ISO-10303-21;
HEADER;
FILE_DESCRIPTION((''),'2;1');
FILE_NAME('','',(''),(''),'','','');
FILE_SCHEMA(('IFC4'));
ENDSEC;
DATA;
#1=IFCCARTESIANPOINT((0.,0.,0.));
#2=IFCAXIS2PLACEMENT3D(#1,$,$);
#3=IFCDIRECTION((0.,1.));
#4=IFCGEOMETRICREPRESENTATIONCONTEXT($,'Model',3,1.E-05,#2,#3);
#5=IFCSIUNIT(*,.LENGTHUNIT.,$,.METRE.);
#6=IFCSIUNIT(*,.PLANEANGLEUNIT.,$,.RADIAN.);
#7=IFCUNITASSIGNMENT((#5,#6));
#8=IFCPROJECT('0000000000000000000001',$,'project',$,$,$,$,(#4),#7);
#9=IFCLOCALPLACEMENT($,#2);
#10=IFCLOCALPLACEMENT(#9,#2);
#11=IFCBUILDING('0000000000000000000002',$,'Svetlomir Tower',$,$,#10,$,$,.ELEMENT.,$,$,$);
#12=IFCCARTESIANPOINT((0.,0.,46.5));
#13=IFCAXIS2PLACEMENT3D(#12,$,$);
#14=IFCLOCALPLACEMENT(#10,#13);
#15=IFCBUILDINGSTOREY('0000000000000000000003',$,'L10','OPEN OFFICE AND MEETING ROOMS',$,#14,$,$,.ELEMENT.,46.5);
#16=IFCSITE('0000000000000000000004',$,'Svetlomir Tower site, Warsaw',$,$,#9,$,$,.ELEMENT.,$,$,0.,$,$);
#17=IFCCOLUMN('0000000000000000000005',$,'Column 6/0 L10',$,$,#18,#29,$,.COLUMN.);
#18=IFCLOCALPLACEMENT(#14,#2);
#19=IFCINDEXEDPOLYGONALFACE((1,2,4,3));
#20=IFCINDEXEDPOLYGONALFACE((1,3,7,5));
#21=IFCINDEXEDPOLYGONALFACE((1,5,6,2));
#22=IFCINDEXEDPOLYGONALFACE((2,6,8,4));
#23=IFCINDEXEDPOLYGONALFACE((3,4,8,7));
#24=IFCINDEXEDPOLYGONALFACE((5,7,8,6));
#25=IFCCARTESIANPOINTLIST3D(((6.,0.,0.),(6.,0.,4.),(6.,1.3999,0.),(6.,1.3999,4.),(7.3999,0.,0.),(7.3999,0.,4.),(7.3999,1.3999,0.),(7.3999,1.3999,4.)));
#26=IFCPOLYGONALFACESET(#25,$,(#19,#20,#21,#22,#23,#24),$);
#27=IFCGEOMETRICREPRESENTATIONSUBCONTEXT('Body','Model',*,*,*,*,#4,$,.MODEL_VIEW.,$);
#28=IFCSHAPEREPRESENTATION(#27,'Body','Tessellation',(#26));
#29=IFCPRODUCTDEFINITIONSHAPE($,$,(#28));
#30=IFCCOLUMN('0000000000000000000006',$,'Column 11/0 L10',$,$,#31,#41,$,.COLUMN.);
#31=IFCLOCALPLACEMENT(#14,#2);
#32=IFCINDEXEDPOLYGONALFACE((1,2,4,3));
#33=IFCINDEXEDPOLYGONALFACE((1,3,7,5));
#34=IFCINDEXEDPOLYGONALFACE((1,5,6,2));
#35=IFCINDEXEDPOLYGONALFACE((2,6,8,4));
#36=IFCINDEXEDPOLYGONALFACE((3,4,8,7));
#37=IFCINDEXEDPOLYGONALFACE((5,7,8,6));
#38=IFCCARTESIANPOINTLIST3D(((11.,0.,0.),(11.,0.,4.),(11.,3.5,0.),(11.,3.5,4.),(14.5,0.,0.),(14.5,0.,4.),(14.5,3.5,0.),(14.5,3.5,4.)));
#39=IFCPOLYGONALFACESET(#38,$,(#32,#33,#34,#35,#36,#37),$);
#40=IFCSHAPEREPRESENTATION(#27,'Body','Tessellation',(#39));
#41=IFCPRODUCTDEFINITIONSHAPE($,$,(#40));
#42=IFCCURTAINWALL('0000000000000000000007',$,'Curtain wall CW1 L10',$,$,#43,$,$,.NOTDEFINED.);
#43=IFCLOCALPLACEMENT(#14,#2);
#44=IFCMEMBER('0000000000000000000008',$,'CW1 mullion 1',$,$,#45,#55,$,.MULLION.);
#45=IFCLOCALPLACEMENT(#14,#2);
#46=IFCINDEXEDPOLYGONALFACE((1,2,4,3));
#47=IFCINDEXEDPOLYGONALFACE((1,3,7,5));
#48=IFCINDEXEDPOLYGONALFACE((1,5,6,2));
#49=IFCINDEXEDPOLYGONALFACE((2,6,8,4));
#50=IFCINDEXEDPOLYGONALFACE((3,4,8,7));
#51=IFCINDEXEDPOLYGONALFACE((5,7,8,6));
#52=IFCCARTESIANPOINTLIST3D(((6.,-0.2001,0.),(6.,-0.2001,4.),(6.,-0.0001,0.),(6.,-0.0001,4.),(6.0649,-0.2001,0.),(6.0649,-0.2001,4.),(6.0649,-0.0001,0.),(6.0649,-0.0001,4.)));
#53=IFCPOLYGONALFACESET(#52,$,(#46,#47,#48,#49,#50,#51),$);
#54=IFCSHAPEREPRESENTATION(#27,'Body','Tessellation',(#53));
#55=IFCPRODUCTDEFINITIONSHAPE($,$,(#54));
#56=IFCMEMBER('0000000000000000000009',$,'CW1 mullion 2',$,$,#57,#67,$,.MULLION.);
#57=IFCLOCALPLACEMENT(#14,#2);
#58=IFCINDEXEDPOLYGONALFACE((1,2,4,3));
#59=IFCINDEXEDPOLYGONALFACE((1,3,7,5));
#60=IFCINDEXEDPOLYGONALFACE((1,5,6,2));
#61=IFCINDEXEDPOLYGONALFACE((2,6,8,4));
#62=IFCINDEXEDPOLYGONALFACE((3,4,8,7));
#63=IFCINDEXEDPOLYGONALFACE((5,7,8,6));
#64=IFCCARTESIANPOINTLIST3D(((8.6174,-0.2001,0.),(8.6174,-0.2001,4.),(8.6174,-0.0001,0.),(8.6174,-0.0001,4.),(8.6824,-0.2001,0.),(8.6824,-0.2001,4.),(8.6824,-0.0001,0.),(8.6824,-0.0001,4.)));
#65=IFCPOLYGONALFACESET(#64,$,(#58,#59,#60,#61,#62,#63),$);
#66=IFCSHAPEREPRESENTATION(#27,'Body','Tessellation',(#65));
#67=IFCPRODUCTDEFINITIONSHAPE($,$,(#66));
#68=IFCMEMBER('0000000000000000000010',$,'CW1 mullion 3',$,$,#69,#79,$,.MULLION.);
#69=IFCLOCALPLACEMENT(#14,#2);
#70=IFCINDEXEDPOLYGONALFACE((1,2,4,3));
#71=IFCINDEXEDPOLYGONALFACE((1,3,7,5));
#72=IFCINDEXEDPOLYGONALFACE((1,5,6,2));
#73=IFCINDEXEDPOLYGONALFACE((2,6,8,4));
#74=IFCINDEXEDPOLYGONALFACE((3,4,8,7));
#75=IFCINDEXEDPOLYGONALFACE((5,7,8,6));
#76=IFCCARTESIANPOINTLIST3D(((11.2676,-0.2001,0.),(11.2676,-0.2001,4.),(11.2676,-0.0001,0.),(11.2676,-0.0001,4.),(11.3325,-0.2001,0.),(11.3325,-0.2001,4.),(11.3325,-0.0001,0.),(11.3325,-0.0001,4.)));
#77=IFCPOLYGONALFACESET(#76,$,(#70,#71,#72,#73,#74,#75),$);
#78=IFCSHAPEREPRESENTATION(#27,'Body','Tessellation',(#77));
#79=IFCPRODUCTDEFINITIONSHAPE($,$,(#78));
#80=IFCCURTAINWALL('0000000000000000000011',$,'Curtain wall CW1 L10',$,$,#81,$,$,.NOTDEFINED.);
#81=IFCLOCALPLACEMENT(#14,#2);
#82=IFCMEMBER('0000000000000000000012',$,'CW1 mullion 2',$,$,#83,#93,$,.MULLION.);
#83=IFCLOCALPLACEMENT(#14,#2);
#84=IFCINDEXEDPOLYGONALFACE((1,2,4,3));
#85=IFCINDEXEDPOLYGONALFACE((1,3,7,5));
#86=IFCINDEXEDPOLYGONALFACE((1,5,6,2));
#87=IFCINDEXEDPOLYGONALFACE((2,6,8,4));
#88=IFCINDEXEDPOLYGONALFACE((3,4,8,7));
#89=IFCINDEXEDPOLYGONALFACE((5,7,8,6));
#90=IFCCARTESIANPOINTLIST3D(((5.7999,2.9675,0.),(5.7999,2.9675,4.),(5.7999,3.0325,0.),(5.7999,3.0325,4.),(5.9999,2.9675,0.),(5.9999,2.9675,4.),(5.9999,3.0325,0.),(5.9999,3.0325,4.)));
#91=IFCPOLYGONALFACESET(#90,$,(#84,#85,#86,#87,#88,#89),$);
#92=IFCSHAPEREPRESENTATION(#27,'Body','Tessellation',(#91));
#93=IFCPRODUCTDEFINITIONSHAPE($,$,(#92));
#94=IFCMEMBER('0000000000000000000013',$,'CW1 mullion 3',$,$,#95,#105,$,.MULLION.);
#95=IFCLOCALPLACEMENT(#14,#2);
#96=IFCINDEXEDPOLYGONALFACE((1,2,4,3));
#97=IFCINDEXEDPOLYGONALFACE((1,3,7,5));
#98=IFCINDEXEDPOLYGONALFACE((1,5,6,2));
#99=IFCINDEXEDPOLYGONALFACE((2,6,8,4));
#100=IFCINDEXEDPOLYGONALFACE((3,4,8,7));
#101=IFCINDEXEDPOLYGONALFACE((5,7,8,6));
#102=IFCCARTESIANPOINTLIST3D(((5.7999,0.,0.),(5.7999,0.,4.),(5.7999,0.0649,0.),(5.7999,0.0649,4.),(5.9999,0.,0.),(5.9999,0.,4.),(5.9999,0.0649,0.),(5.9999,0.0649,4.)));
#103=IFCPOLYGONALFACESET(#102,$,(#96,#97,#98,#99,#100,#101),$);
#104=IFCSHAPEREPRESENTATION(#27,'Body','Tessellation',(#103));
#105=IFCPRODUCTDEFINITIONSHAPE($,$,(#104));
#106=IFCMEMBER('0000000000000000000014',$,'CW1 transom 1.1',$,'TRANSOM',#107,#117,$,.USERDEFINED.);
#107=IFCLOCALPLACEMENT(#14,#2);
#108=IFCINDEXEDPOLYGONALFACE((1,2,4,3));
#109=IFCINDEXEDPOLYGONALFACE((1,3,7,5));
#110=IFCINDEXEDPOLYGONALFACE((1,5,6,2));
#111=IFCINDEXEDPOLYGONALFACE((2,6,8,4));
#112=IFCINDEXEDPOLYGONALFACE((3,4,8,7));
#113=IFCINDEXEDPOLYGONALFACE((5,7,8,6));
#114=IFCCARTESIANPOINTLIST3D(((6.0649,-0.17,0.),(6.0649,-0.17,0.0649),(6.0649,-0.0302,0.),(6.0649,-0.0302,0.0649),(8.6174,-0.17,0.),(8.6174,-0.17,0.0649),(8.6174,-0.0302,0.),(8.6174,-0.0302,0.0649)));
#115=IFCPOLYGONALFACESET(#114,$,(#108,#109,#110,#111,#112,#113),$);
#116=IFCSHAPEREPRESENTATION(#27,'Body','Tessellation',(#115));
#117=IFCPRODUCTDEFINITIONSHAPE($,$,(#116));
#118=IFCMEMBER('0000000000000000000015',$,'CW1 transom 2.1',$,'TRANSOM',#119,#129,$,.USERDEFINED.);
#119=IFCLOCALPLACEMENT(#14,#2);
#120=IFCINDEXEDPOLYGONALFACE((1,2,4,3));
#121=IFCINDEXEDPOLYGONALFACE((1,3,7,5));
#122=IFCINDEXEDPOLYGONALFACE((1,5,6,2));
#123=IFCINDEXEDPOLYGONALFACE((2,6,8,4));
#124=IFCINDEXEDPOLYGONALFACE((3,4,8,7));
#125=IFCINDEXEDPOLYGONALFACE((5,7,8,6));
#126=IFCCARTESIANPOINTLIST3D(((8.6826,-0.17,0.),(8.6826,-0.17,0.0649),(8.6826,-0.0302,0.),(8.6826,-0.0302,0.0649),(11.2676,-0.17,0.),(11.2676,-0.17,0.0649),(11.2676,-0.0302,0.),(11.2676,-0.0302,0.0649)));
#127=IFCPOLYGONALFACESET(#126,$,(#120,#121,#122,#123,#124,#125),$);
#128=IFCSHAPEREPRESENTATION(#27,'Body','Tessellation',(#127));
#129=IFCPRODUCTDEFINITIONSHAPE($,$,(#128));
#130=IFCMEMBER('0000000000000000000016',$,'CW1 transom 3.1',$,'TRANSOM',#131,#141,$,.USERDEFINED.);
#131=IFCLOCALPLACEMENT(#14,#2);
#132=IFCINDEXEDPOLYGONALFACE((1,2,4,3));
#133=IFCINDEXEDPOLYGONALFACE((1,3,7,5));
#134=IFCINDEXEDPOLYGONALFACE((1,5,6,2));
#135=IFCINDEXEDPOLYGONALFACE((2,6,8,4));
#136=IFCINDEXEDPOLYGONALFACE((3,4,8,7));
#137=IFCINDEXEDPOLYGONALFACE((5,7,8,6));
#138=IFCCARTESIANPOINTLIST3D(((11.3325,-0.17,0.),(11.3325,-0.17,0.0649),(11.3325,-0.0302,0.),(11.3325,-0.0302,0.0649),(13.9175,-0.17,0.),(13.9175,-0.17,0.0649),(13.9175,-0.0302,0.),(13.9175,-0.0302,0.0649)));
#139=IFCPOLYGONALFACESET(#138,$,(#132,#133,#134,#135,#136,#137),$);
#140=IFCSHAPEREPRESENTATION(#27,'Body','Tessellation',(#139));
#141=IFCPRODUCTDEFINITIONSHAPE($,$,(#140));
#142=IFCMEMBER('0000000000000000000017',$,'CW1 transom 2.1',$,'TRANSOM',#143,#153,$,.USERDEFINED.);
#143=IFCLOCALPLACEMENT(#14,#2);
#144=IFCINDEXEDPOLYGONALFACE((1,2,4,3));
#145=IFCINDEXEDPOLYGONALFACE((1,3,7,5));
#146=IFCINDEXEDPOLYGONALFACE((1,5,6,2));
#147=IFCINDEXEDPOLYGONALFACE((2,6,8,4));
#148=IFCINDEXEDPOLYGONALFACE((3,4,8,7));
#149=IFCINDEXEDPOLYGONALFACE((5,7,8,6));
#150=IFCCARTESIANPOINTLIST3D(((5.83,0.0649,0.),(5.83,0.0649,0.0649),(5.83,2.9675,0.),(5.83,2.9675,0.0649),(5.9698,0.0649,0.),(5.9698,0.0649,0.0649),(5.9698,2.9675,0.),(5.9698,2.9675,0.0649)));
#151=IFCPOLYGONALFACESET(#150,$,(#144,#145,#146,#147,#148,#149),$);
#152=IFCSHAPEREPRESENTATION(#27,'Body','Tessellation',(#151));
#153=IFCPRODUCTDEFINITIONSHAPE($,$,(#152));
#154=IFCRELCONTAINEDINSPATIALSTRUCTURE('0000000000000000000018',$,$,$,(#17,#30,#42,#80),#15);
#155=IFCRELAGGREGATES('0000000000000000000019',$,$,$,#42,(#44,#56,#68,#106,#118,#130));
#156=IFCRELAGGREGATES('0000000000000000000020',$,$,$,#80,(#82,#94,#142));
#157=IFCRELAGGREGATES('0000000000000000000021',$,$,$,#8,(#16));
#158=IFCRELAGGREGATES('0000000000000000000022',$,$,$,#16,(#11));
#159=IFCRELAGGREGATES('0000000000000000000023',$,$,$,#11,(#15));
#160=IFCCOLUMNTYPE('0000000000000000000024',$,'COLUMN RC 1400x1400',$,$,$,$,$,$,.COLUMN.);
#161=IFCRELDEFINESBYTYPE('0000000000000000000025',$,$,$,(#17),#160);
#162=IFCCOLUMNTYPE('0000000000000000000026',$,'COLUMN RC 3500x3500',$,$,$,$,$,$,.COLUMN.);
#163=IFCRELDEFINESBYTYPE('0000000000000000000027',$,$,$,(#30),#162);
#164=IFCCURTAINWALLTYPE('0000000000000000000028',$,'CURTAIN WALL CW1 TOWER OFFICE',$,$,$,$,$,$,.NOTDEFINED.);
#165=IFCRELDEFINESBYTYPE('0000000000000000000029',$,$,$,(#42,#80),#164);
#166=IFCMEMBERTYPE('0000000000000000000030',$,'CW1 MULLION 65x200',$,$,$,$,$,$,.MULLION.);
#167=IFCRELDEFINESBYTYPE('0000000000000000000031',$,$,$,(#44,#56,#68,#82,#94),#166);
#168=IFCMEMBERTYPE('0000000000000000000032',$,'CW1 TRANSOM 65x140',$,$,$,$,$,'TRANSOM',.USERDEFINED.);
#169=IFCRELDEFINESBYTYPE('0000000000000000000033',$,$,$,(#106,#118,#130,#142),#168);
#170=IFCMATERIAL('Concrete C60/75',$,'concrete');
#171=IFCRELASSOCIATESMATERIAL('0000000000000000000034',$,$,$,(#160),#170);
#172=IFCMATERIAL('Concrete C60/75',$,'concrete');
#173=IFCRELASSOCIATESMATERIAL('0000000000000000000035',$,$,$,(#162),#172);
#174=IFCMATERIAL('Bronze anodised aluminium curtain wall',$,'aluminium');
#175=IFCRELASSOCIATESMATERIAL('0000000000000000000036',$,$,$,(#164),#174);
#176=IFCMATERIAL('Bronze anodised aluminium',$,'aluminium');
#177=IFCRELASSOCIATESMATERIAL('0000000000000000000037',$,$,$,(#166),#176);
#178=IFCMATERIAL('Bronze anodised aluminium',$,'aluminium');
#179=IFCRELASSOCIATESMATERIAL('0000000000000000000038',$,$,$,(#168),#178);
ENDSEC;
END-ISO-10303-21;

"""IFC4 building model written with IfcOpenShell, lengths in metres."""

from ifc_helpers import new_model, si_unit, direction, frame, origin, origin_2d, place, context, subcontext, project, spatial, rectangle, extrude, material, material_profile, profile_set, type_object, element, aggregate, save


model = new_model("IFC4")

# Units and contexts
model_context = context("Model", 3, precision=1e-05, world=origin(), true_north=direction((0.0, 1.0)))
body_context = subcontext(model_context, "Body", "Model", "MODEL_VIEW")
ifc_project = project(units=[si_unit("LENGTHUNIT", "METRE"), si_unit("PLANEANGLEUNIT", "RADIAN")], contexts=[model_context])

# Site, building, storey
site_placement = place(None, origin())
site = spatial("IfcSite", under=ifc_project, at=site_placement, Name="Svetlomir Tower site, Warsaw", CompositionType="ELEMENT", RefElevation=0.0)
building_placement = place(site_placement, origin())
building = spatial("IfcBuilding", under=site, at=building_placement, Name="Svetlomir Tower", CompositionType="ELEMENT")
storey_placement = place(building_placement, frame((0.0, 0.0, 46.5)))
storey = spatial("IfcBuildingStorey", under=building, at=storey_placement, Name="L10", Description="OPEN OFFICE AND MEETING ROOMS", CompositionType="ELEMENT", Elevation=46.5)

# Columns
ifc_material_1 = material(Name="Concrete C60/75", Category="concrete")
ifc_material_profile_1 = material_profile(ifc_material_1, rectangle(XDim=1.3999, YDim=1.3999, at=origin_2d()), Name="RC 1400x1400")
ifc_profile_set_1 = profile_set([ifc_material_profile_1], Name="Concrete C60/75")
column_type_1 = type_object("IfcColumnType", Name="COLUMN RC 1400x1400", PredefinedType="COLUMN", material=ifc_profile_set_1)
column_1_placement = place(storey_placement, frame((6.7, 0.7, 0.0), z_axis=(0.0, 0.0, 1.0), x_axis=(1.0, 0.0, 0.0)))
element("IfcColumn", 1, at=column_1_placement, inside=storey, type_object=column_type_1, Name="Column 6/0 L10", PredefinedType="COLUMN", context=body_context, shape_type="SweptSolid", body=[
    extrude(rectangle(XDim=1.3999, YDim=1.3999, at=origin_2d()), origin(), (0.0, 0.0, 1.0), 4.0),
])
ifc_material_2 = material(Name="Concrete C60/75", Category="concrete")
ifc_material_profile_2 = material_profile(ifc_material_2, rectangle(XDim=3.5, YDim=3.5, at=origin_2d()), Name="RC 3500x3500")
ifc_profile_set_2 = profile_set([ifc_material_profile_2], Name="Concrete C60/75")
column_type_2 = type_object("IfcColumnType", Name="COLUMN RC 3500x3500", PredefinedType="COLUMN", material=ifc_profile_set_2)
column_2_placement = place(storey_placement, frame((12.75, 1.75, 0.0), z_axis=(0.0, 0.0, 1.0), x_axis=(1.0, 0.0, 0.0)))
element("IfcColumn", 2, at=column_2_placement, inside=storey, type_object=column_type_2, Name="Column 11/0 L10", PredefinedType="COLUMN", context=body_context, shape_type="SweptSolid", body=[
    extrude(rectangle(XDim=3.5, YDim=3.5, at=origin_2d()), origin(), (0.0, 0.0, 1.0), 4.0),
])

# Curtain walls, members
ifc_material_3 = material(Name="Bronze anodised aluminium curtain wall", Category="aluminium")
curtain_wall_type = type_object("IfcCurtainWallType", Name="CURTAIN WALL CW1 TOWER OFFICE", PredefinedType="NOTDEFINED", material=ifc_material_3)
curtain_wall_1_placement = place(storey_placement, origin())
curtain_wall_1 = element("IfcCurtainWall", 3, at=curtain_wall_1_placement, inside=storey, type_object=curtain_wall_type, Name="Curtain wall CW1 L10", PredefinedType="NOTDEFINED")
ifc_material_4 = material(Name="Bronze anodised aluminium", Category="aluminium")
ifc_material_profile_3 = material_profile(ifc_material_4, rectangle(XDim=0.0649, YDim=0.2, at=origin_2d()), Name="AL 65x200")
ifc_profile_set_3 = profile_set([ifc_material_profile_3], Name="Bronze anodised aluminium 6063-T6")
member_type_1 = type_object("IfcMemberType", Name="CW1 MULLION 65x200", PredefinedType="MULLION", material=ifc_profile_set_3)
member_1_placement = place(storey_placement, frame((6.0325, -0.1001, 0.0), z_axis=(0.0, 0.0, 1.0), x_axis=(1.0, 0.0, 0.0)))
member_1 = element("IfcMember", 4, at=member_1_placement, type_object=member_type_1, Name="CW1 mullion 1", PredefinedType="MULLION", context=body_context, shape_type="SweptSolid", body=[
    extrude(rectangle(XDim=0.0649, YDim=0.2, at=origin_2d()), origin(), (0.0, 0.0, 1.0), 4.0),
])
member_2_placement = place(storey_placement, frame((8.6499, -0.1001, 0.0), z_axis=(0.0, 0.0, 1.0), x_axis=(1.0, 0.0, 0.0)))
member_2 = element("IfcMember", 5, at=member_2_placement, type_object=member_type_1, Name="CW1 mullion 2", PredefinedType="MULLION", context=body_context, shape_type="SweptSolid", body=[
    extrude(rectangle(XDim=0.0649, YDim=0.2, at=origin_2d()), origin(), (0.0, 0.0, 1.0), 4.0),
])
member_3_placement = place(storey_placement, frame((11.3, -0.1001, 0.0), z_axis=(0.0, 0.0, 1.0), x_axis=(1.0, 0.0, 0.0)))
member_3 = element("IfcMember", 6, at=member_3_placement, type_object=member_type_1, Name="CW1 mullion 3", PredefinedType="MULLION", context=body_context, shape_type="SweptSolid", body=[
    extrude(rectangle(XDim=0.0649, YDim=0.2, at=origin_2d()), origin(), (0.0, 0.0, 1.0), 4.0),
])
curtain_wall_2_placement = place(storey_placement, origin())
curtain_wall_2 = element("IfcCurtainWall", 7, at=curtain_wall_2_placement, inside=storey, type_object=curtain_wall_type, Name="Curtain wall CW1 L10", PredefinedType="NOTDEFINED")
member_4_placement = place(storey_placement, frame((5.8999, 3.0, 0.0), z_axis=(0.0, 0.0, 1.0), x_axis=(0.0, -1.0, 0.0)))
member_4 = element("IfcMember", 8, at=member_4_placement, type_object=member_type_1, Name="CW1 mullion 2", PredefinedType="MULLION", context=body_context, shape_type="SweptSolid", body=[
    extrude(rectangle(XDim=0.0649, YDim=0.2, at=origin_2d()), origin(), (0.0, 0.0, 1.0), 4.0),
])
member_5_placement = place(storey_placement, frame((5.8999, 0.0325, 0.0), z_axis=(0.0, 0.0, 1.0), x_axis=(0.0, -1.0, 0.0)))
member_5 = element("IfcMember", 9, at=member_5_placement, type_object=member_type_1, Name="CW1 mullion 3", PredefinedType="MULLION", context=body_context, shape_type="SweptSolid", body=[
    extrude(rectangle(XDim=0.0649, YDim=0.2, at=origin_2d()), origin(), (0.0, 0.0, 1.0), 4.0),
])

# Members
ifc_material_5 = material(Name="Bronze anodised aluminium", Category="aluminium")
ifc_material_profile_4 = material_profile(ifc_material_5, rectangle(XDim=0.1399, YDim=0.0649, at=origin_2d()), Name="AL 140x65")
ifc_profile_set_4 = profile_set([ifc_material_profile_4], Name="Bronze anodised aluminium 6063-T6")
member_type_2 = type_object("IfcMemberType", Name="CW1 TRANSOM 65x140", ElementType="TRANSOM", PredefinedType="USERDEFINED", material=ifc_profile_set_4)
member_6_placement = place(storey_placement, frame((6.0649, -0.1001, 0.0325), z_axis=(1.0, 0.0, 0.0), x_axis=(0.0, 1.0, 0.0)))
member_6 = element("IfcMember", 10, at=member_6_placement, type_object=member_type_2, Name="CW1 transom 1.1", ObjectType="TRANSOM", PredefinedType="USERDEFINED", context=body_context, shape_type="SweptSolid", body=[
    extrude(rectangle(XDim=0.1399, YDim=0.0649, at=origin_2d()), origin(), (0.0, 0.0, 1.0), 2.5525),
])
member_7_placement = place(storey_placement, frame((8.6826, -0.1001, 0.0325), z_axis=(1.0, 0.0, 0.0), x_axis=(0.0, 1.0, 0.0)))
member_7 = element("IfcMember", 11, at=member_7_placement, type_object=member_type_2, Name="CW1 transom 2.1", ObjectType="TRANSOM", PredefinedType="USERDEFINED", context=body_context, shape_type="SweptSolid", body=[
    extrude(rectangle(XDim=0.1399, YDim=0.0649, at=origin_2d()), origin(), (0.0, 0.0, 1.0), 2.585),
])
member_8_placement = place(storey_placement, frame((11.3325, -0.1001, 0.0325), z_axis=(1.0, 0.0, 0.0), x_axis=(0.0, 1.0, 0.0)))
member_8 = element("IfcMember", 12, at=member_8_placement, type_object=member_type_2, Name="CW1 transom 3.1", ObjectType="TRANSOM", PredefinedType="USERDEFINED", context=body_context, shape_type="SweptSolid", body=[
    extrude(rectangle(XDim=0.1399, YDim=0.0649, at=origin_2d()), origin(), (0.0, 0.0, 1.0), 2.585),
])
member_9_placement = place(storey_placement, frame((5.8999, 2.9675, 0.0325), z_axis=(0.0, -1.0, 0.0), x_axis=(1.0, 0.0, 0.0)))
member_9 = element("IfcMember", 13, at=member_9_placement, type_object=member_type_2, Name="CW1 transom 2.1", ObjectType="TRANSOM", PredefinedType="USERDEFINED", context=body_context, shape_type="SweptSolid", body=[
    extrude(rectangle(XDim=0.1399, YDim=0.0649, at=origin_2d()), origin(), (0.0, 0.0, 1.0), 2.9026),
])

aggregate(curtain_wall_1, [member_1, member_2, member_3, member_6, member_7, member_8])
aggregate(curtain_wall_2, [member_4, member_5, member_9])

save(model, "model.ifc")
